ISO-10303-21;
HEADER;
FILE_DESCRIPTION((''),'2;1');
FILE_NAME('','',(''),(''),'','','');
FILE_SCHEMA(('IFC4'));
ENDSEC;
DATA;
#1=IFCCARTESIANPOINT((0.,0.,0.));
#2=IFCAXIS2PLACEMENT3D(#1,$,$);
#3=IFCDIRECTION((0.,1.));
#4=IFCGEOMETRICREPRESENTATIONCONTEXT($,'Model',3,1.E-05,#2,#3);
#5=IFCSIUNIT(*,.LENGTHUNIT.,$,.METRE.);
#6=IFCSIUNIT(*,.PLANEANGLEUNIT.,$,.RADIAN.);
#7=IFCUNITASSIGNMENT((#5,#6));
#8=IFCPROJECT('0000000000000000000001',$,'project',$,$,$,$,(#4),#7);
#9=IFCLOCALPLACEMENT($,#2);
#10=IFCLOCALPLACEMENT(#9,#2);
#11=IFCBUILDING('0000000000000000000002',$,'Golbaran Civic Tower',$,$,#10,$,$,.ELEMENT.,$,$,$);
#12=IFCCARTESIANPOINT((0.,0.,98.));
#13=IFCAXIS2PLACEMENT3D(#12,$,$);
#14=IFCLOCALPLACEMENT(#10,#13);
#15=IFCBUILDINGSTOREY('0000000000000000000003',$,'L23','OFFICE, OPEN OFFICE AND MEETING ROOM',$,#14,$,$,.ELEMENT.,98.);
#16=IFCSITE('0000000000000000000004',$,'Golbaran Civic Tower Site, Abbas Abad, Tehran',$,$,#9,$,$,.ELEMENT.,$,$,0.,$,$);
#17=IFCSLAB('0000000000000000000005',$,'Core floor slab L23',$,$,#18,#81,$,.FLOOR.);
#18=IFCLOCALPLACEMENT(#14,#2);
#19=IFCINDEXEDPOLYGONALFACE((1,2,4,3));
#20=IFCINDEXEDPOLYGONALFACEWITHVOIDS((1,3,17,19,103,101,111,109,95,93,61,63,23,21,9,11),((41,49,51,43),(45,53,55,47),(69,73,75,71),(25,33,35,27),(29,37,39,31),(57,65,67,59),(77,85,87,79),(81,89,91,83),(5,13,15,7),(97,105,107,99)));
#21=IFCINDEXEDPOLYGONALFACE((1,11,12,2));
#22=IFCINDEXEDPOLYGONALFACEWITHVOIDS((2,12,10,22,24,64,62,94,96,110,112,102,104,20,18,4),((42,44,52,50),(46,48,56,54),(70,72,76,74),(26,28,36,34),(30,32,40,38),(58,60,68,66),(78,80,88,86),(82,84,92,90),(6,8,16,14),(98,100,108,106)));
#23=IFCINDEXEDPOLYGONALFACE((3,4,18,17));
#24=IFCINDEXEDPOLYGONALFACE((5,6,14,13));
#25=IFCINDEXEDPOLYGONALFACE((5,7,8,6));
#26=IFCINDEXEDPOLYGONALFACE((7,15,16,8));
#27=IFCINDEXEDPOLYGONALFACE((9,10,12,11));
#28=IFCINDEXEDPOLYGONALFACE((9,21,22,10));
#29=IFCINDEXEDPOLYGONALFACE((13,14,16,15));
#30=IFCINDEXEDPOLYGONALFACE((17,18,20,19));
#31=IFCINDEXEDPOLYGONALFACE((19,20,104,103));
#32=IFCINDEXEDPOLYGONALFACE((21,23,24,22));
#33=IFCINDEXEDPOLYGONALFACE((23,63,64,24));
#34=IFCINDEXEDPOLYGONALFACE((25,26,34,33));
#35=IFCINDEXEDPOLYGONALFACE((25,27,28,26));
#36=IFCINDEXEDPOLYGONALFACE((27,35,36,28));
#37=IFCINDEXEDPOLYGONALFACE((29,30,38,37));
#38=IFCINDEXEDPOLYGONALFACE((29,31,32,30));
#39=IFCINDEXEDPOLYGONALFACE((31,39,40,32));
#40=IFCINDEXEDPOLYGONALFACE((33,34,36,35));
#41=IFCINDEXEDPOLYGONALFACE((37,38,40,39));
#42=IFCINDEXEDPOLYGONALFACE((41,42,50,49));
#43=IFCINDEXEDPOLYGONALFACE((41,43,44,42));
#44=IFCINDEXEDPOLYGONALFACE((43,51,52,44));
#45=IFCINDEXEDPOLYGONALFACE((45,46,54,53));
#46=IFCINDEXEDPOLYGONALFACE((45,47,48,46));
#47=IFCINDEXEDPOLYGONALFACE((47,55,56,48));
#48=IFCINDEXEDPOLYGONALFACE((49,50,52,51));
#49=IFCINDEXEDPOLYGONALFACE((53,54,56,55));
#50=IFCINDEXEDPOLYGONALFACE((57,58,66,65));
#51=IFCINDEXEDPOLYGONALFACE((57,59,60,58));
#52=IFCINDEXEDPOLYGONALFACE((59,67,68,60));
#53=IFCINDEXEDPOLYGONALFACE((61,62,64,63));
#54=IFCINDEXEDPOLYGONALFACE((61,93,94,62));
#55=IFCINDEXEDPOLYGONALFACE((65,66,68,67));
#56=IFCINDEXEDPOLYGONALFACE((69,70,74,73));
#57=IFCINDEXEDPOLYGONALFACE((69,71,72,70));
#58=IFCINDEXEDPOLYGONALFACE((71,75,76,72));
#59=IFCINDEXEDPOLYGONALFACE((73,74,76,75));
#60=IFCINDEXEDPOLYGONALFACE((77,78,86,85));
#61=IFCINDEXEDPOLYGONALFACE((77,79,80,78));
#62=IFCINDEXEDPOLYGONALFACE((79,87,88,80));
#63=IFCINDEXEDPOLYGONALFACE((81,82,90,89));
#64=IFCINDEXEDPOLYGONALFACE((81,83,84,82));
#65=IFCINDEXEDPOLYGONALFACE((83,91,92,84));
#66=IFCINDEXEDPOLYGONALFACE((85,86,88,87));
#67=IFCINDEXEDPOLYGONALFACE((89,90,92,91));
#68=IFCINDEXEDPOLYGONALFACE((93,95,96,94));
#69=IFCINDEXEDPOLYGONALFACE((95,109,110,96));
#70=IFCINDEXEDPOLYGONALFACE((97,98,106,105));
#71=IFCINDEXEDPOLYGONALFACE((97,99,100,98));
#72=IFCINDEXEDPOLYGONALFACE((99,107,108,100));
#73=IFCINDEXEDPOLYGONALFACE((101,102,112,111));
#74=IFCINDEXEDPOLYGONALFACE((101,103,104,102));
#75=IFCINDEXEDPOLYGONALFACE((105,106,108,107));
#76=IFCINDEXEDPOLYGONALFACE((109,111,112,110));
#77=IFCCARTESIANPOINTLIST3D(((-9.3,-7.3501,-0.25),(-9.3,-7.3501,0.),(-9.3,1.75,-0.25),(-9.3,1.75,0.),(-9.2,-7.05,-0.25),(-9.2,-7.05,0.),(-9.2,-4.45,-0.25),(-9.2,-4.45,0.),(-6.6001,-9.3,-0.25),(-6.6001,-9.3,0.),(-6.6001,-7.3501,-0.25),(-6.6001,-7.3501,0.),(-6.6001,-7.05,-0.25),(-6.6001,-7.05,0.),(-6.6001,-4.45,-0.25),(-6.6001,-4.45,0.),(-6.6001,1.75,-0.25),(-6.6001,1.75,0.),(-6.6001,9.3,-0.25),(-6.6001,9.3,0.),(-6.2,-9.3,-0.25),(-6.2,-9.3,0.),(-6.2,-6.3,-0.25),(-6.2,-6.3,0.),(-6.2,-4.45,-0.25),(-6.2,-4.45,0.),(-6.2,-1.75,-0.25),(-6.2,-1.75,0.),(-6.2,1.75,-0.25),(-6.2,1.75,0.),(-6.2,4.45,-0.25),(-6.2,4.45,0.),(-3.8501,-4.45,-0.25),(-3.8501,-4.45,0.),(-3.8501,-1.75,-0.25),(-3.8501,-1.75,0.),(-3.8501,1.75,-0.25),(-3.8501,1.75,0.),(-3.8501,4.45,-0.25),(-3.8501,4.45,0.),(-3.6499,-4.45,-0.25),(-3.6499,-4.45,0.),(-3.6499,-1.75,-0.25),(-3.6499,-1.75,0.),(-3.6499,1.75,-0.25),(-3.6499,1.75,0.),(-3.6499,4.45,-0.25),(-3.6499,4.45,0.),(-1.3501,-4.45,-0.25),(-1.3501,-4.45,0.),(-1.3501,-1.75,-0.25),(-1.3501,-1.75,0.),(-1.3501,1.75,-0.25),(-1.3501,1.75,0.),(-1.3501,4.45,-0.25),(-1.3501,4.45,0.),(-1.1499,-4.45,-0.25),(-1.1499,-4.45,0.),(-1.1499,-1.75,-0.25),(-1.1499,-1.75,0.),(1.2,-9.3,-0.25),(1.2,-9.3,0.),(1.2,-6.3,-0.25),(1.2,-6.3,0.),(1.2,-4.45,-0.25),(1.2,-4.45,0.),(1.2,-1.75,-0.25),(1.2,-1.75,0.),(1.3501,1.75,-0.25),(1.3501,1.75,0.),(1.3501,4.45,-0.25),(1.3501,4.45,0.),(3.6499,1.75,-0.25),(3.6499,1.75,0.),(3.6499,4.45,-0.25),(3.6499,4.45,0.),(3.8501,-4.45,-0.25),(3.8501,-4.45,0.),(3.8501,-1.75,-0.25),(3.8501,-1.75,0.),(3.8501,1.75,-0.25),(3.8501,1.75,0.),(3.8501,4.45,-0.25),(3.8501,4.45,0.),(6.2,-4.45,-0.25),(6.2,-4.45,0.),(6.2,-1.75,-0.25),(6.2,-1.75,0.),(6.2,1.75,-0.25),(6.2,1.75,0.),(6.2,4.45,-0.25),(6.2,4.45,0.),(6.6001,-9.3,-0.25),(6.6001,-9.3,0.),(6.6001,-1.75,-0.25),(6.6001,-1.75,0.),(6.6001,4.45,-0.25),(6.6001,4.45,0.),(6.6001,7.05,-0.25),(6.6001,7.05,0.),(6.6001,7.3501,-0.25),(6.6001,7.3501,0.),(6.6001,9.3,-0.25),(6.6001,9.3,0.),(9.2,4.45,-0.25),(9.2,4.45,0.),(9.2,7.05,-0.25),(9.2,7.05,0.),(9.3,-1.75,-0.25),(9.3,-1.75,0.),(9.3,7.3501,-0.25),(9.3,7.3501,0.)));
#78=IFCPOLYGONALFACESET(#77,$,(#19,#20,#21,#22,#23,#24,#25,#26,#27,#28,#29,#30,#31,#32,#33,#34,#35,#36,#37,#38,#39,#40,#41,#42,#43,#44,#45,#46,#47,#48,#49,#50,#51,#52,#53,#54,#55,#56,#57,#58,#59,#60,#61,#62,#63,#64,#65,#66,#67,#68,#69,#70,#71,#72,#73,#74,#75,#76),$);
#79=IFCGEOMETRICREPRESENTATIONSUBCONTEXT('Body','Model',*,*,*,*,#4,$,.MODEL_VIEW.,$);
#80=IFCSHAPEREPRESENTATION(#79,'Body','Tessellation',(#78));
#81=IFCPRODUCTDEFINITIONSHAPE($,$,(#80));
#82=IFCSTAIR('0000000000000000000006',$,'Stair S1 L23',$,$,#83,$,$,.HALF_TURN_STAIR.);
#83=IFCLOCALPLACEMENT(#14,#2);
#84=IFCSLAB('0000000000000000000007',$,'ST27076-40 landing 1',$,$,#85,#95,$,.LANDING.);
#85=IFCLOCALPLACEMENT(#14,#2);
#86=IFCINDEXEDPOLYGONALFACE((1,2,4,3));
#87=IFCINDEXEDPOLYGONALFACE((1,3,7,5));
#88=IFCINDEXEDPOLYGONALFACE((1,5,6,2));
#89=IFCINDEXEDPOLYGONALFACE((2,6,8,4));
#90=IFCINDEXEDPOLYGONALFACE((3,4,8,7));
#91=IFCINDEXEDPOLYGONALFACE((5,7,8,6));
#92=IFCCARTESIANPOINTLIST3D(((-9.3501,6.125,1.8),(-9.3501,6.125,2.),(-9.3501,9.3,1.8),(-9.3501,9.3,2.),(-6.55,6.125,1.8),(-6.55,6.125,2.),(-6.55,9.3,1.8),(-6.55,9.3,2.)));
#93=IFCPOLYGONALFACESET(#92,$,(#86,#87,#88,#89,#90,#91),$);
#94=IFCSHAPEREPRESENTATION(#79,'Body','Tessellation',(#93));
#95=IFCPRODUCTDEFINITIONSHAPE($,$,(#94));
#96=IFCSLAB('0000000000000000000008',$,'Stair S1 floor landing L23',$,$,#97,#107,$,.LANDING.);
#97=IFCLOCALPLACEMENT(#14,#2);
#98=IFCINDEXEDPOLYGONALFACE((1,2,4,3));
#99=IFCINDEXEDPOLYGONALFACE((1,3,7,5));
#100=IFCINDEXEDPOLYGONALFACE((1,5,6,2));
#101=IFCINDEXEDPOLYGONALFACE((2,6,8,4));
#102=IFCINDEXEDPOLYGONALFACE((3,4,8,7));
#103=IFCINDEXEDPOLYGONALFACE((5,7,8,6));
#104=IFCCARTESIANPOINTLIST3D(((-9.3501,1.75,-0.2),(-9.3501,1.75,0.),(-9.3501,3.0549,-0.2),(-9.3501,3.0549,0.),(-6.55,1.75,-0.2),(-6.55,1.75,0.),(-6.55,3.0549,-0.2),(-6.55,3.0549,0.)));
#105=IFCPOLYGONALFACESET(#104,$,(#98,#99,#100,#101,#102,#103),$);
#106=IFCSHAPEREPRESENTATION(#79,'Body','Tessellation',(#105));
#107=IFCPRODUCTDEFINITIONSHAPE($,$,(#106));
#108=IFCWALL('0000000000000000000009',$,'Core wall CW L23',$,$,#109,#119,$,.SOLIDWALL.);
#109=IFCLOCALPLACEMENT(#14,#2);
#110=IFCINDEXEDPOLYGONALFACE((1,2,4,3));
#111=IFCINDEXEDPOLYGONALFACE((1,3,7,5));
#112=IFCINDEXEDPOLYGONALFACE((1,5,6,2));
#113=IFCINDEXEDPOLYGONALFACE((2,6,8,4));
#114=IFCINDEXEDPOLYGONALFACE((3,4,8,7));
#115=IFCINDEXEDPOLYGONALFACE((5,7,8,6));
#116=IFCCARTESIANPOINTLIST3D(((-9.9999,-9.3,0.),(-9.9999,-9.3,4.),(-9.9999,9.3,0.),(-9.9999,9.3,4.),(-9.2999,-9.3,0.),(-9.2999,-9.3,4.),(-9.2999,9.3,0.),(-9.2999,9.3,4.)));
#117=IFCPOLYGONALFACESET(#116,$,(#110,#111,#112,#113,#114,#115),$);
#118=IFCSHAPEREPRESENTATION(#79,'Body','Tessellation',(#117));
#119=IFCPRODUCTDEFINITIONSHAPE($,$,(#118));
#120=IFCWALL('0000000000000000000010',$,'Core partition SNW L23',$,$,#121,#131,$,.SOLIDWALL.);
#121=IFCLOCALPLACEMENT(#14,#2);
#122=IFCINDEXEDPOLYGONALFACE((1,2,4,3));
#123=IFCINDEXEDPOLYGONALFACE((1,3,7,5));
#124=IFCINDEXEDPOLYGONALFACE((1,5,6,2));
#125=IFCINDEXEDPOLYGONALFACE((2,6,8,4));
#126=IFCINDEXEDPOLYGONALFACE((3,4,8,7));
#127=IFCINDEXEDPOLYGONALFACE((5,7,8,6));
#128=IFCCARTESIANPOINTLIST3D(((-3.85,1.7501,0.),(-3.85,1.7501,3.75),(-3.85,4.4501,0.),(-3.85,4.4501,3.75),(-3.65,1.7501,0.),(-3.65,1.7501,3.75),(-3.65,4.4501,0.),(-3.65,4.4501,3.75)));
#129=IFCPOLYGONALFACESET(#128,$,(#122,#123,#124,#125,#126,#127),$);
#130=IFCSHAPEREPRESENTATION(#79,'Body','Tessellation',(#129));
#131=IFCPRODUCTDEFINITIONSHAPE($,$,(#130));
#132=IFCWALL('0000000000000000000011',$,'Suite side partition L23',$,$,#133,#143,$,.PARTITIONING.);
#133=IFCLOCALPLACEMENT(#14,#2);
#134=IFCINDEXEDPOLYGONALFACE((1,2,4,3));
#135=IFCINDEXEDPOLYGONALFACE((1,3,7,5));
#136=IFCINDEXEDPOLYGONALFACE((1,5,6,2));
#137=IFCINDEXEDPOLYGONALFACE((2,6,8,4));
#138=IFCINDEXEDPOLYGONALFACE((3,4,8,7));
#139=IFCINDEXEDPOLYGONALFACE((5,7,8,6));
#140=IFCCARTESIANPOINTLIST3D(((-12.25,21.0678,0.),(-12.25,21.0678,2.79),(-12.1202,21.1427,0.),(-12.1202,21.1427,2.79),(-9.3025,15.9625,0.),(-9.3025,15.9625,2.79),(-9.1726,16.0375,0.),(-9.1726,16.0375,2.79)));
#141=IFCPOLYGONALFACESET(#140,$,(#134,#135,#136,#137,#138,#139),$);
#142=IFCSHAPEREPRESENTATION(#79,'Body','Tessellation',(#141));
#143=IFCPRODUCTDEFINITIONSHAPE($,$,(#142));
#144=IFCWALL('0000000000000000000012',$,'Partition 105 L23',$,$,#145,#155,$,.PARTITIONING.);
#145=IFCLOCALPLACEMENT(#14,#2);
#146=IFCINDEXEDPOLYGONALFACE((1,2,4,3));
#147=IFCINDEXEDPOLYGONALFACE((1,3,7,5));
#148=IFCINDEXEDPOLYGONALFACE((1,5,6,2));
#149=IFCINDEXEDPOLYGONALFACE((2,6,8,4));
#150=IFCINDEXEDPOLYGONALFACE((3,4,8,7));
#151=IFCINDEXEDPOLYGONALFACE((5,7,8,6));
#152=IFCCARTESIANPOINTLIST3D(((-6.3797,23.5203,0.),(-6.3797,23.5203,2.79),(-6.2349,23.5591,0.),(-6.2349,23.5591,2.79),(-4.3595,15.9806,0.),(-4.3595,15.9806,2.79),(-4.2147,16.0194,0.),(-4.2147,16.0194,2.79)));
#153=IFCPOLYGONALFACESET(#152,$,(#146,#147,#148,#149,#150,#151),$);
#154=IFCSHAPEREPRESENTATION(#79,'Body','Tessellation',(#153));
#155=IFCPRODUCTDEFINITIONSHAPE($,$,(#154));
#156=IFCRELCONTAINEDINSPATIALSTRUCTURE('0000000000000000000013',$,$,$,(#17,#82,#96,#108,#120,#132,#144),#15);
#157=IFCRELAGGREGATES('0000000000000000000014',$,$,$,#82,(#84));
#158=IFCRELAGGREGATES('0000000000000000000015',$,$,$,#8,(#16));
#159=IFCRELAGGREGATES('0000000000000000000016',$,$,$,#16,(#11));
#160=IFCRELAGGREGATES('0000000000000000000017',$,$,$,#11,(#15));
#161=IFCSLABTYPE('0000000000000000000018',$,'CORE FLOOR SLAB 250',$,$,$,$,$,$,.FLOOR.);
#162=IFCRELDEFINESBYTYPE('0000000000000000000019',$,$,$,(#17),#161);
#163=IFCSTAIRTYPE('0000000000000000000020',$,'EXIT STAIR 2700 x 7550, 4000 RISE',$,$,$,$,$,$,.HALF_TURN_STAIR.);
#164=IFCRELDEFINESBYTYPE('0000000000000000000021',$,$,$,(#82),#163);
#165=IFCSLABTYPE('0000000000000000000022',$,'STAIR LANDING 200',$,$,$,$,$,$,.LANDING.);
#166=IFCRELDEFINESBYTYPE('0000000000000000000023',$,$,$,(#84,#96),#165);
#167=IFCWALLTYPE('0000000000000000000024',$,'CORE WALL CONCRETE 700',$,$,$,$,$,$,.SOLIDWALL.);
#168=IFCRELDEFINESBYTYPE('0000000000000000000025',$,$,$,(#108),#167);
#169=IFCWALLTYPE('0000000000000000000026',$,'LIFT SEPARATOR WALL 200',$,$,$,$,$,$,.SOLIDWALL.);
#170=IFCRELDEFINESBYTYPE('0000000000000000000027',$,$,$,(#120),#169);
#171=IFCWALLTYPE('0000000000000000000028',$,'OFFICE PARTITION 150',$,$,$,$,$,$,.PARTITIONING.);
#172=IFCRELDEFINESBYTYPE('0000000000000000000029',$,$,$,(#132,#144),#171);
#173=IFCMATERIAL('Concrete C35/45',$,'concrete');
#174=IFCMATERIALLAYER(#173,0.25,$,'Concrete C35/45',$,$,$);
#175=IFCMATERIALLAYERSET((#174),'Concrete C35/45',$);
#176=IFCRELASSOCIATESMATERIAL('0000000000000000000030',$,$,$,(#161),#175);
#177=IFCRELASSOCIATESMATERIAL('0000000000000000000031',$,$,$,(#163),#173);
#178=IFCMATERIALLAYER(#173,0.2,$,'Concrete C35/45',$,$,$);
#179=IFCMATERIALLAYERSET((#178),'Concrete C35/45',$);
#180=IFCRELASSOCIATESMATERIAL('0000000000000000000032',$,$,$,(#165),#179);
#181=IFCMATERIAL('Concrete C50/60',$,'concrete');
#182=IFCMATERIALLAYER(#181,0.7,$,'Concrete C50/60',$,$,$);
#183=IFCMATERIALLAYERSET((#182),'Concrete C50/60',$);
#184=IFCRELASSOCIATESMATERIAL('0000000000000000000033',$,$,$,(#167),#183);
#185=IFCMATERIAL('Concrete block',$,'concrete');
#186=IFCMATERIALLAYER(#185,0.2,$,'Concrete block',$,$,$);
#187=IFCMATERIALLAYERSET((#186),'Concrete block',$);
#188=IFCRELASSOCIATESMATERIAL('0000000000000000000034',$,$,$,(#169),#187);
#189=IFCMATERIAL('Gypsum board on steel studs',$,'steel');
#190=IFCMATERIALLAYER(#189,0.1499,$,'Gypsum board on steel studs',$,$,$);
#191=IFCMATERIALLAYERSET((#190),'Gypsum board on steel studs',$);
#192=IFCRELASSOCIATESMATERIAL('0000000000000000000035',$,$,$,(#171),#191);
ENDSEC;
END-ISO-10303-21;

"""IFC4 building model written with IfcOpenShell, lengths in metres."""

from ifc_helpers import new_model, si_unit, direction, frame, frame_2d, origin, place, context, subcontext, project, spatial, polyline, rectangle, outline, extrude, material, layer, layer_set, type_object, element, aggregate, save


model = new_model("IFC4")

# Units and contexts
model_context = context("Model", 3, precision=1e-05, world=origin(), true_north=direction((0.0, 1.0)))
body_context = subcontext(model_context, "Body", "Model", "MODEL_VIEW")
ifc_project = project(units=[si_unit("LENGTHUNIT", "METRE"), si_unit("PLANEANGLEUNIT", "RADIAN")], contexts=[model_context])

# Site, building, storey
site_placement = place(None, origin())
site = spatial("IfcSite", under=ifc_project, at=site_placement, Name="Golbaran Civic Tower Site, Abbas Abad, Tehran", CompositionType="ELEMENT", RefElevation=0.0)
building_placement = place(site_placement, origin())
building = spatial("IfcBuilding", under=site, at=building_placement, Name="Golbaran Civic Tower", CompositionType="ELEMENT")
storey_placement = place(building_placement, frame((0.0, 0.0, 98.0)))
storey = spatial("IfcBuildingStorey", under=building, at=storey_placement, Name="L23", Description="OFFICE, OPEN OFFICE AND MEETING ROOM", CompositionType="ELEMENT", Elevation=98.0)

# Slab
ifc_material_1 = material(Name="Concrete C35/45", Category="concrete")
ifc_layer_1 = layer(ifc_material_1, 0.25, Name="Concrete C35/45")
ifc_layer_set_1 = layer_set([ifc_layer_1], Name="Concrete C35/45")
slab_type_1 = type_object("IfcSlabType", Name="CORE FLOOR SLAB 250", PredefinedType="FLOOR", material=ifc_layer_set_1)
slab_1_placement = place(storey_placement, frame((0.0, 0.0, -0.25)))
element("IfcSlab", 1, at=slab_1_placement, inside=storey, type_object=slab_type_1, Name="Core floor slab L23", PredefinedType="FLOOR", context=body_context, shape_type="SweptSolid", body=[
    extrude(outline(polyline([(6.6001, -1.75), (6.6001, -9.3), (1.2, -9.3), (1.2, -6.3), (-6.2, -6.3), (-6.2, -9.3), (-6.6001, -9.3), (-6.6001, -7.3501), (-9.3, -7.3501), (-9.3, 1.75), (-6.6001, 1.75), (-6.6001, 9.3), (6.6001, 9.3), (6.6001, 7.3501), (9.3, 7.3501), (9.3, -1.75), (6.6001, -1.75)]), holes=[polyline([(9.2, 7.05), (6.6001, 7.05), (6.6001, 4.45), (9.2, 4.45), (9.2, 7.05)]), polyline([(6.2, -1.75), (3.8501, -1.75), (3.8501, -4.45), (6.2, -4.45), (6.2, -1.75)]), polyline([(6.2, 4.45), (3.8501, 4.45), (3.8501, 1.75), (6.2, 1.75), (6.2, 4.45)]), polyline([(3.6499, 4.45), (1.3501, 4.45), (1.3501, 1.75), (3.6499, 1.75), (3.6499, 4.45)]), polyline([(1.2, -1.75), (-1.1499, -1.75), (-1.1499, -4.45), (1.2, -4.45), (1.2, -1.75)]), polyline([(-1.3501, 4.45), (-3.6499, 4.45), (-3.6499, 1.75), (-1.3501, 1.75), (-1.3501, 4.45)]), polyline([(-1.3501, -1.75), (-3.6499, -1.75), (-3.6499, -4.45), (-1.3501, -4.45), (-1.3501, -1.75)]), polyline([(-3.8501, -1.75), (-6.2, -1.75), (-6.2, -4.45), (-3.8501, -4.45), (-3.8501, -1.75)]), polyline([(-3.8501, 4.45), (-6.2, 4.45), (-6.2, 1.75), (-3.8501, 1.75), (-3.8501, 4.45)]), polyline([(-6.6001, -4.45), (-9.2, -4.45), (-9.2, -7.05), (-6.6001, -7.05), (-6.6001, -4.45)])]), origin(), (0.0, 0.0, 1.0), 0.25),
])

# Stair, slab
stair_type = type_object("IfcStairType", Name="EXIT STAIR 2700 x 7550, 4000 RISE", PredefinedType="HALF_TURN_STAIR", material=ifc_material_1)
stair_placement = place(storey_placement, origin())
stair = element("IfcStair", 2, at=stair_placement, inside=storey, type_object=stair_type, Name="Stair S1 L23", PredefinedType="HALF_TURN_STAIR")
ifc_layer_2 = layer(ifc_material_1, 0.2, Name="Concrete C35/45")
ifc_layer_set_2 = layer_set([ifc_layer_2], Name="Concrete C35/45")
slab_type_2 = type_object("IfcSlabType", Name="STAIR LANDING 200", PredefinedType="LANDING", material=ifc_layer_set_2)
slab_2_placement = place(storey_placement, frame((0.0, 0.0, 1.8)))
slab_2 = element("IfcSlab", 3, at=slab_2_placement, type_object=slab_type_2, Name="ST27076-40 landing 1", PredefinedType="LANDING", context=body_context, shape_type="SweptSolid", body=[
    extrude(outline(polyline([(-9.3501, 6.125), (-9.3501, 9.3), (-6.55, 9.3), (-6.55, 6.125), (-9.3501, 6.125)])), origin(), (0.0, 0.0, 1.0), 0.2),
])

# Slab
slab_3_placement = place(storey_placement, frame((0.0, 0.0, -0.2)))
element("IfcSlab", 4, at=slab_3_placement, inside=storey, type_object=slab_type_2, Name="Stair S1 floor landing L23", PredefinedType="LANDING", context=body_context, shape_type="SweptSolid", body=[
    extrude(outline(polyline([(-9.3501, 1.75), (-9.3501, 3.0549), (-6.55, 3.0549), (-6.55, 1.75), (-9.3501, 1.75)])), origin(), (0.0, 0.0, 1.0), 0.2),
])

# Walls
ifc_material_2 = material(Name="Concrete C50/60", Category="concrete")
ifc_layer_3 = layer(ifc_material_2, 0.7, Name="Concrete C50/60")
ifc_layer_set_3 = layer_set([ifc_layer_3], Name="Concrete C50/60")
wall_type_1 = type_object("IfcWallType", Name="CORE WALL CONCRETE 700", PredefinedType="SOLIDWALL", material=ifc_layer_set_3)
wall_1_placement = place(storey_placement, frame((-9.6499, 9.3, 0.0), z_axis=(0.0, 0.0, 1.0), x_axis=(0.0, -1.0, 0.0)))
element("IfcWall", 5, at=wall_1_placement, inside=storey, type_object=wall_type_1, Name="Core wall CW L23", PredefinedType="SOLIDWALL", context=body_context, shape_type="SweptSolid", body=[
    extrude(rectangle(XDim=18.6001, YDim=0.7, at=frame_2d((9.3, 0.0))), origin(), (0.0, 0.0, 1.0), 4.0),
])
ifc_material_3 = material(Name="Concrete block", Category="concrete")
ifc_layer_4 = layer(ifc_material_3, 0.2, Name="Concrete block")
ifc_layer_set_4 = layer_set([ifc_layer_4], Name="Concrete block")
wall_type_2 = type_object("IfcWallType", Name="LIFT SEPARATOR WALL 200", PredefinedType="SOLIDWALL", material=ifc_layer_set_4)
wall_2_placement = place(storey_placement, frame((-3.75, 1.75, 0.0), z_axis=(0.0, 0.0, 1.0), x_axis=(0.0, 1.0, 0.0)))
element("IfcWall", 6, at=wall_2_placement, inside=storey, type_object=wall_type_2, Name="Core partition SNW L23", PredefinedType="SOLIDWALL", context=body_context, shape_type="SweptSolid", body=[
    extrude(rectangle(XDim=2.7, YDim=0.2, at=frame_2d((1.3501, 0.0))), origin(), (0.0, 0.0, 1.0), 3.75),
])
ifc_material_4 = material(Name="Gypsum board on steel studs", Category="steel")
ifc_layer_5 = layer(ifc_material_4, 0.1499, Name="Gypsum board on steel studs")
ifc_layer_set_5 = layer_set([ifc_layer_5], Name="Gypsum board on steel studs")
wall_type_3 = type_object("IfcWallType", Name="OFFICE PARTITION 150", PredefinedType="PARTITIONING", material=ifc_layer_set_5)
wall_3_placement = place(storey_placement, frame((-9.2375, 16.0, 0.0), z_axis=(0.0, 0.0, 1.0), x_axis=(-0.500001, 0.866025, 0.0)))
element("IfcWall", 7, at=wall_3_placement, inside=storey, type_object=wall_type_3, Name="Suite side partition L23", PredefinedType="PARTITIONING", context=body_context, shape_type="SweptSolid", body=[
    extrude(rectangle(XDim=5.895, YDim=0.1499, at=frame_2d((2.9475, 0.0))), origin(), (0.0, 0.0, 1.0), 2.79),
])
wall_4_placement = place(storey_placement, frame((-4.2871, 16.0, 0.0), z_axis=(0.0, 0.0, 1.0), x_axis=(-0.258817, 0.965926, 0.0)))
element("IfcWall", 8, at=wall_4_placement, inside=storey, type_object=wall_type_3, Name="Partition 105 L23", PredefinedType="PARTITIONING", context=body_context, shape_type="SweptSolid", body=[
    extrude(rectangle(XDim=7.8057, YDim=0.1499, at=frame_2d((3.9028, 0.0))), origin(), (0.0, 0.0, 1.0), 2.79),
])

aggregate(stair, [slab_2])

save(model, "model.ifc")
